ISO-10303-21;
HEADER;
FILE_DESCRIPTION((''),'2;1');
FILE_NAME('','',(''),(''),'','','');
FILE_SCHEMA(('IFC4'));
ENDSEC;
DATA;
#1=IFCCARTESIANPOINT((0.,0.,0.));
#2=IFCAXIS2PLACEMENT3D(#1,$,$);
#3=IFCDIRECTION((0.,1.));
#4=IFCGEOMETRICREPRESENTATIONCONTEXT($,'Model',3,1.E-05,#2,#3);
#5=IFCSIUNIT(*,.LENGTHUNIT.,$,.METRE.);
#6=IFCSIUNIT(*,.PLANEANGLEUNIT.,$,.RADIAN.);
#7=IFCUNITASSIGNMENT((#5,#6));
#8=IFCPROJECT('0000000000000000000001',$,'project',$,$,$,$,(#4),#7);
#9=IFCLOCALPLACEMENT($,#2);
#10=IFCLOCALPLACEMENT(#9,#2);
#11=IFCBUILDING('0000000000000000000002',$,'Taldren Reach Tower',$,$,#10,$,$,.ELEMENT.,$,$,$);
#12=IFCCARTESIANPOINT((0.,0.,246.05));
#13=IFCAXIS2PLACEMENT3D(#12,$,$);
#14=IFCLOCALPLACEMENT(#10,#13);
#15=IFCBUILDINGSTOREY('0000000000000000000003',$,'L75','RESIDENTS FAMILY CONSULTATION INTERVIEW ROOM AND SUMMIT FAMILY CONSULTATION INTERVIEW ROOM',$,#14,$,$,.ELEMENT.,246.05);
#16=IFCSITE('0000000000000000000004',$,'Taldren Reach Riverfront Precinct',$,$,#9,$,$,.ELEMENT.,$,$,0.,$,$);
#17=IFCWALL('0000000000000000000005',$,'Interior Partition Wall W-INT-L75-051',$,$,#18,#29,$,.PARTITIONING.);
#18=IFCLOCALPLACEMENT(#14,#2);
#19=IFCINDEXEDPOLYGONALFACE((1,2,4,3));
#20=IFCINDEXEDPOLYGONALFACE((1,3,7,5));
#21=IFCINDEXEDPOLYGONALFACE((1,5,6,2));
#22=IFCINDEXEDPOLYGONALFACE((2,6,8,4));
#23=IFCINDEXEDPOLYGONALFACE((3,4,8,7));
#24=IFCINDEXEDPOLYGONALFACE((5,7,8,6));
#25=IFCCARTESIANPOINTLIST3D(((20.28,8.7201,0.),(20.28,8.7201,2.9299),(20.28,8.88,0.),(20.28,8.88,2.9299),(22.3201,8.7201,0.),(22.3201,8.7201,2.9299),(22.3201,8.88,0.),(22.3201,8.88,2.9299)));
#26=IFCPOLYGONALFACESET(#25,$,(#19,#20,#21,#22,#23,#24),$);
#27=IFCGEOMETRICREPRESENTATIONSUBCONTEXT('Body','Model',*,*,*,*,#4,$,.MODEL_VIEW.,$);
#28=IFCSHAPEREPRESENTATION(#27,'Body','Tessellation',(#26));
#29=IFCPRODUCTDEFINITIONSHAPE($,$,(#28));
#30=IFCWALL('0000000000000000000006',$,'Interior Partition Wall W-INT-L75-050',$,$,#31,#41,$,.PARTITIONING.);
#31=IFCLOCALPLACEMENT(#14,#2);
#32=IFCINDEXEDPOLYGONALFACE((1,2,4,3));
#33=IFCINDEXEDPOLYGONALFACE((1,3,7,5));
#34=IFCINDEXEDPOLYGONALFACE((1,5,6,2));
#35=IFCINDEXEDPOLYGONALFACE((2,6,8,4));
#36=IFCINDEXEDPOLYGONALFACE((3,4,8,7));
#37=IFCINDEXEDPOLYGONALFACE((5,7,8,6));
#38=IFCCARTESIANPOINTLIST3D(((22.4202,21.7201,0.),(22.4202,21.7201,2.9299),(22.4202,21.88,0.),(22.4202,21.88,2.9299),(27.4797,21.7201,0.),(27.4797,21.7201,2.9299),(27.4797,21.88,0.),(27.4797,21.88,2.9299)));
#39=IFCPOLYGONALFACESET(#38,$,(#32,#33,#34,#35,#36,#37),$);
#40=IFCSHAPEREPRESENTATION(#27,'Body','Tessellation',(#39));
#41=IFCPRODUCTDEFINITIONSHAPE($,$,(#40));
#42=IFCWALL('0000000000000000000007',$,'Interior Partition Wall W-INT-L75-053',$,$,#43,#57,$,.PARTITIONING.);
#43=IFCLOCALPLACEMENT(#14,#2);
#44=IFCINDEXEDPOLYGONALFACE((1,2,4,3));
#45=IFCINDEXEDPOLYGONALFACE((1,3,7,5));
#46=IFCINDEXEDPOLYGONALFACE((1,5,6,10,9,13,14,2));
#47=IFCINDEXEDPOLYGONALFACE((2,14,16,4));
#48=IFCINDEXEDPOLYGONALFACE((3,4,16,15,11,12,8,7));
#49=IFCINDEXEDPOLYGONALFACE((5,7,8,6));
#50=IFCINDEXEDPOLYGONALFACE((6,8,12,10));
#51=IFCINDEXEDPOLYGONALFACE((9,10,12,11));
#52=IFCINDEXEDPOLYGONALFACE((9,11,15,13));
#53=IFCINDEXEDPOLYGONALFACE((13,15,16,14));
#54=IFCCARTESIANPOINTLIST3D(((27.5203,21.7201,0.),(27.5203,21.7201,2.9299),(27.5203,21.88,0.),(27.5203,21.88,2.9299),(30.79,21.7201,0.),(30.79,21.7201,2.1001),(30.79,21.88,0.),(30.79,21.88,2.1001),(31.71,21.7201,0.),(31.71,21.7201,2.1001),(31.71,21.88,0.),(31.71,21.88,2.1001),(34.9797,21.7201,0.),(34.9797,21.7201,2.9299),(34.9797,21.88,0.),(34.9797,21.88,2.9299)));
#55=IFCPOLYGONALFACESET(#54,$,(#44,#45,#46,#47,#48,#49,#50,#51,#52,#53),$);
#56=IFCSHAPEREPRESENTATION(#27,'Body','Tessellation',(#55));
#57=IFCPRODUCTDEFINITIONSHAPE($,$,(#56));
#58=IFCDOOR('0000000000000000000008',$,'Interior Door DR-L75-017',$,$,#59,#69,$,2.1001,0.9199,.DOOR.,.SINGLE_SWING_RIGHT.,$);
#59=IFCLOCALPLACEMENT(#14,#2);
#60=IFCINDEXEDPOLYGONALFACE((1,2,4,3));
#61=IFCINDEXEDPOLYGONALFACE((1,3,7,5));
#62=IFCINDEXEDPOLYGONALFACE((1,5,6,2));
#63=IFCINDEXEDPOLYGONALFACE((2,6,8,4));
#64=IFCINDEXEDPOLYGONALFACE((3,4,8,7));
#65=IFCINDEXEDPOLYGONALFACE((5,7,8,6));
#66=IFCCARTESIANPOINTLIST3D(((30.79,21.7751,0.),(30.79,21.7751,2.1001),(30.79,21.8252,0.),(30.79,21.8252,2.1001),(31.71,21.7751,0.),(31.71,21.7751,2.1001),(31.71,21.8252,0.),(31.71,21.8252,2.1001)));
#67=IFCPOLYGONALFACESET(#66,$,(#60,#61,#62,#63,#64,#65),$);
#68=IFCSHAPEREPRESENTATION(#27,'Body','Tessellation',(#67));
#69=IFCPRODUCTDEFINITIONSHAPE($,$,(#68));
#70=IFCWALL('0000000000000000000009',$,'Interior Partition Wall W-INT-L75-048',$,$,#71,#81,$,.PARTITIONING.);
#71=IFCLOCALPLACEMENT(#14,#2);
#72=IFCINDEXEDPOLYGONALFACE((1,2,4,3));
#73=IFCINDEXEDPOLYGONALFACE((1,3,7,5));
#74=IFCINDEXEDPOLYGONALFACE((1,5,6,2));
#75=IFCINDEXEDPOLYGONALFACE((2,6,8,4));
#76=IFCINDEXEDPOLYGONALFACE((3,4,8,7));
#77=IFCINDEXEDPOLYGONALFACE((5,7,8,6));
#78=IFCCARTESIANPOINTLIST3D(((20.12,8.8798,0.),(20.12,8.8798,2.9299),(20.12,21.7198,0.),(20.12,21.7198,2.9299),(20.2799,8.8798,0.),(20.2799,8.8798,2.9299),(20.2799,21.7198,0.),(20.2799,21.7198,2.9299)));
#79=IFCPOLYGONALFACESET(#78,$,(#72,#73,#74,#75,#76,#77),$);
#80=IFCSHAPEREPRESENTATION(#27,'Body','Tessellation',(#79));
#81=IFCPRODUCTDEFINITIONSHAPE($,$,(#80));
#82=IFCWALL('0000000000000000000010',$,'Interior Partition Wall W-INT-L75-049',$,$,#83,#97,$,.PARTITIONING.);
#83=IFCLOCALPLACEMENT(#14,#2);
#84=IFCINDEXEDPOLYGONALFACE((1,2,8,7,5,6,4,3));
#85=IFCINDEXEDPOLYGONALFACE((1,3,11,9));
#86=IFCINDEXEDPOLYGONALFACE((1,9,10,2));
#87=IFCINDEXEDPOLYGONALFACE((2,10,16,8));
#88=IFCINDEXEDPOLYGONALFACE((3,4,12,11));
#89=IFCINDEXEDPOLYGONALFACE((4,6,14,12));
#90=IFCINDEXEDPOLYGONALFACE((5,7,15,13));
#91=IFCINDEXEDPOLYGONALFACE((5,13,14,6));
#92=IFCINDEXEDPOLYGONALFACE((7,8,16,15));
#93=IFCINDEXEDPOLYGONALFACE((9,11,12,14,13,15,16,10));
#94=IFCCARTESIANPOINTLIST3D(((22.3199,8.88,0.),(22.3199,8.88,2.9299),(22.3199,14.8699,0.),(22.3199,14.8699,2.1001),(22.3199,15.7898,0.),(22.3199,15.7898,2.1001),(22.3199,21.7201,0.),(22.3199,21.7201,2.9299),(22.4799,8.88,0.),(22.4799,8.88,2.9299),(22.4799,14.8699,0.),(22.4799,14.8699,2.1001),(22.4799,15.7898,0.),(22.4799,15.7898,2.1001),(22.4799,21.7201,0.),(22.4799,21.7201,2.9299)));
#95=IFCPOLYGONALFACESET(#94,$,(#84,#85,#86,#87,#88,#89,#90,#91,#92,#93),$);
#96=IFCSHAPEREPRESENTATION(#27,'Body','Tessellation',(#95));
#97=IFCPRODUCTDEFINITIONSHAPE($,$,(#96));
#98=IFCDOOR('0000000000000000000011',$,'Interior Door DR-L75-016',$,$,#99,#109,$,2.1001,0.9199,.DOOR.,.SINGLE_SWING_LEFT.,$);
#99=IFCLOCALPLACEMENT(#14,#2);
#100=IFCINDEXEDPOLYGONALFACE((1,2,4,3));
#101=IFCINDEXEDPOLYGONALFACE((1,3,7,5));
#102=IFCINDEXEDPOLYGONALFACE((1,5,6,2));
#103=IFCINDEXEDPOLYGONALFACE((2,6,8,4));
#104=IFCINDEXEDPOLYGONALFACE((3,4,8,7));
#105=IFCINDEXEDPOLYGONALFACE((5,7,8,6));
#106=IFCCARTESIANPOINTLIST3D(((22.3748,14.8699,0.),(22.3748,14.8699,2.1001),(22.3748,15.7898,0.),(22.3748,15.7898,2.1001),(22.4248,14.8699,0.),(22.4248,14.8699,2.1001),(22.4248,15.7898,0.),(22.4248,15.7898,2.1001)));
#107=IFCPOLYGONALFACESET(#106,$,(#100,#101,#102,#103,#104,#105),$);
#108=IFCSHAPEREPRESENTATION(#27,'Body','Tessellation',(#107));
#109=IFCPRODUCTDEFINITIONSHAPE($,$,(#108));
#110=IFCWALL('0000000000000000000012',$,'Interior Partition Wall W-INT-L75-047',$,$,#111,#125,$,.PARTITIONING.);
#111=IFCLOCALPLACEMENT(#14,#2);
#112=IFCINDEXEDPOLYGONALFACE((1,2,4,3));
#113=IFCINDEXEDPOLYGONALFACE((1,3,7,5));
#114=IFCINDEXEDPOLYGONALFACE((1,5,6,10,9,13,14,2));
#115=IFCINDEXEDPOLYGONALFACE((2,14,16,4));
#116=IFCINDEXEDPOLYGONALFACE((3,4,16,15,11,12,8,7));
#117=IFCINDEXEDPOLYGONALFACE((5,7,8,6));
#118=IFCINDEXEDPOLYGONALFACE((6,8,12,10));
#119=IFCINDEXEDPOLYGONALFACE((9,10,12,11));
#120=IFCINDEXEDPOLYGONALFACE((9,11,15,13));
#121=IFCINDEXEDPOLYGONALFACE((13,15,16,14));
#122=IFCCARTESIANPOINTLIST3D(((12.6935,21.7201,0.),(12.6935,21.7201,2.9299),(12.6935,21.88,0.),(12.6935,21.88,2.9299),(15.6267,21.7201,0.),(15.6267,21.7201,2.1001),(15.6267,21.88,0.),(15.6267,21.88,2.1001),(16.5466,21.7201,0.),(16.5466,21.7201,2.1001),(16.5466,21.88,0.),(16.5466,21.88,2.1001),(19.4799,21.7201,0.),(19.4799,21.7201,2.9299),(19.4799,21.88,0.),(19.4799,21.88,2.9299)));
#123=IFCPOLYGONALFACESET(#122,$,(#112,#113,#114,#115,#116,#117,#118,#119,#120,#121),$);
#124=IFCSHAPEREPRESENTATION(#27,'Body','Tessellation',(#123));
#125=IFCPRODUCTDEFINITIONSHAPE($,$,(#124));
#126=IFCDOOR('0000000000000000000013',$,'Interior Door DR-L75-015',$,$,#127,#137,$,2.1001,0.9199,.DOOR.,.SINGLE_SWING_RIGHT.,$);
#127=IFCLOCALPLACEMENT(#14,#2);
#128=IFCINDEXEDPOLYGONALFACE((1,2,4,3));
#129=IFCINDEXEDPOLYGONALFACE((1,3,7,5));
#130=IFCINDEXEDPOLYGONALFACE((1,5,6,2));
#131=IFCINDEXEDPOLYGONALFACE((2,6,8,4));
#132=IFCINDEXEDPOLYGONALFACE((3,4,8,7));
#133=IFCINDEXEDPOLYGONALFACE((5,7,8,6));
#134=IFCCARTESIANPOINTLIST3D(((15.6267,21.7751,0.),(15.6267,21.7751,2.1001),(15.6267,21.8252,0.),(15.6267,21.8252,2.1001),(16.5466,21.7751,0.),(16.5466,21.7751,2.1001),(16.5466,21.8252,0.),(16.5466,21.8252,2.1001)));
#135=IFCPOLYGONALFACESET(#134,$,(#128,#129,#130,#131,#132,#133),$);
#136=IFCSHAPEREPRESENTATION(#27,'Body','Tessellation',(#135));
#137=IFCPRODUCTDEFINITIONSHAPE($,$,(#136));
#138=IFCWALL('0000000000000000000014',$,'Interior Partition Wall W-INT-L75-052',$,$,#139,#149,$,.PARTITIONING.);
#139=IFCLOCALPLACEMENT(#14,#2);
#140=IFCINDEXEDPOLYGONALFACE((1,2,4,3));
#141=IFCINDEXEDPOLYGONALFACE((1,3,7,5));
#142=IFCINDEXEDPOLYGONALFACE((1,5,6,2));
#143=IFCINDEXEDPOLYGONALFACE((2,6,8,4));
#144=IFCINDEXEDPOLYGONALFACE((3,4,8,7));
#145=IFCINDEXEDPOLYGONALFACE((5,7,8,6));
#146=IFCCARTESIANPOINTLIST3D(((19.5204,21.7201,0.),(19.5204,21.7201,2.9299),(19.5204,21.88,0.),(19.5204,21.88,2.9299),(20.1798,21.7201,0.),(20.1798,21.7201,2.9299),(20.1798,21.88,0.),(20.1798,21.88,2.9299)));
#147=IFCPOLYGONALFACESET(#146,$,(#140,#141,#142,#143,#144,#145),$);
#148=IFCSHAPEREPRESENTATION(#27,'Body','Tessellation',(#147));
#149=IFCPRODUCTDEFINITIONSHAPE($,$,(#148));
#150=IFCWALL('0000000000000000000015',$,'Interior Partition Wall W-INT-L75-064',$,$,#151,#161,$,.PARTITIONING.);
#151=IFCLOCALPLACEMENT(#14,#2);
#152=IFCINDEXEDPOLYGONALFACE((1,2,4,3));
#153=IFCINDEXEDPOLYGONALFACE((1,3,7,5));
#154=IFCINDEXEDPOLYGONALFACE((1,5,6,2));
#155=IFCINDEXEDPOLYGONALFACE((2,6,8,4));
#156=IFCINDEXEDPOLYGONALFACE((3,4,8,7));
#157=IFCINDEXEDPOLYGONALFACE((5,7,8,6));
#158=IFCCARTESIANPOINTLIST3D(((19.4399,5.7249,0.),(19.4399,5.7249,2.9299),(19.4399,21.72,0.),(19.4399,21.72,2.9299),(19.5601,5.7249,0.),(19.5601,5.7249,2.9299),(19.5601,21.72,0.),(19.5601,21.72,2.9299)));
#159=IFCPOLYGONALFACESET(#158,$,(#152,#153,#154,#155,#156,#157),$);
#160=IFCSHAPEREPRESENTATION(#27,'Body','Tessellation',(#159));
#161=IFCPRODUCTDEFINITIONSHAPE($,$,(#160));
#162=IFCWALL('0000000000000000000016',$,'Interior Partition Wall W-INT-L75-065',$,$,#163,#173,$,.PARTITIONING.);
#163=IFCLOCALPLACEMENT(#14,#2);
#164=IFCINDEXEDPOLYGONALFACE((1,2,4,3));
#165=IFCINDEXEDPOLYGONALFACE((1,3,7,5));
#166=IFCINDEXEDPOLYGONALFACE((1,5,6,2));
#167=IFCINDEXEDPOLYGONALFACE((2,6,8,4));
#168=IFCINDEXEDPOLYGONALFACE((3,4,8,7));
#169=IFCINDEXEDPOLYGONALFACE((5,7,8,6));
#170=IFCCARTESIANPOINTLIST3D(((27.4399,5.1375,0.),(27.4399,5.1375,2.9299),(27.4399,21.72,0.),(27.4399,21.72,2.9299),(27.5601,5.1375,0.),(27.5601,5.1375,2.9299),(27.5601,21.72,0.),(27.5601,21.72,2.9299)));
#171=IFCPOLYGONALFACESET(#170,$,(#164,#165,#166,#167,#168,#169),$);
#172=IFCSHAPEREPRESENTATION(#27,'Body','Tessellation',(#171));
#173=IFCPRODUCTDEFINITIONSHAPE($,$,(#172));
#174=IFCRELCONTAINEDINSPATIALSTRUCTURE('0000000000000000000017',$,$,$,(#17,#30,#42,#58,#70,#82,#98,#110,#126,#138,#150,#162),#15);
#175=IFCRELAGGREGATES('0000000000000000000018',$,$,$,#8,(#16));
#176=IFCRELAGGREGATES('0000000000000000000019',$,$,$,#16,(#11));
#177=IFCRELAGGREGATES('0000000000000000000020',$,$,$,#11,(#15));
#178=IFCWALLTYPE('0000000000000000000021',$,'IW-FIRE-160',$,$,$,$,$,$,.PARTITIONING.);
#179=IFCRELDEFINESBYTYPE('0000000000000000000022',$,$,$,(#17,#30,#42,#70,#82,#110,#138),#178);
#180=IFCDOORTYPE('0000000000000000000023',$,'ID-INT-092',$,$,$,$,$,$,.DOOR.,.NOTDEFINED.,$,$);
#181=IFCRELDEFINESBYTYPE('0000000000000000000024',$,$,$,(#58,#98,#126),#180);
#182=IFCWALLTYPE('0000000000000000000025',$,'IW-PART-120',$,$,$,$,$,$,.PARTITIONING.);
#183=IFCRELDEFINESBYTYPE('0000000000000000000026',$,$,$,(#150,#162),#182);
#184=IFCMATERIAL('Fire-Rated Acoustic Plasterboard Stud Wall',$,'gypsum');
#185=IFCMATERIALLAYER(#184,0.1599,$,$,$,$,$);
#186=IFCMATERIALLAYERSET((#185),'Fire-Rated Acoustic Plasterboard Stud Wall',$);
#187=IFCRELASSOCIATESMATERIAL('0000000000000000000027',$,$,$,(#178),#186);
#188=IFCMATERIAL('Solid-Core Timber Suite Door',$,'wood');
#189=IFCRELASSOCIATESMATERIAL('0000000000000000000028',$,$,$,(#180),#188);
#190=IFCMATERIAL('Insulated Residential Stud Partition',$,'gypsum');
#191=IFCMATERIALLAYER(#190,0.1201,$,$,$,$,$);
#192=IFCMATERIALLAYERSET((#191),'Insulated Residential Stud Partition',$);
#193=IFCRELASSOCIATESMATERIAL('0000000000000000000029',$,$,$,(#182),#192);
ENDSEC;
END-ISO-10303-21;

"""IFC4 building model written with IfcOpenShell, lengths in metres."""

from ifc_helpers import new_model, si_unit, direction, frame, frame_2d, origin, place, context, subcontext, project, spatial, rectangle, extrude, source, transform, mapped, material, layer, layer_set, type_object, element, fill, save


model = new_model("IFC4")

# Units and contexts
model_context = context("Model", 3, precision=1e-05, world=origin(), true_north=direction((0.0, 1.0)))
body_context = subcontext(model_context, "Body", "Model", "MODEL_VIEW")
ifc_project = project(units=[si_unit("LENGTHUNIT", "METRE"), si_unit("PLANEANGLEUNIT", "RADIAN")], contexts=[model_context])

# Site, building, storey
site_placement = place(None, origin())
site = spatial("IfcSite", under=ifc_project, at=site_placement, Name="Taldren Reach Riverfront Precinct", CompositionType="ELEMENT", RefElevation=0.0)
building_placement = place(site_placement, origin())
building = spatial("IfcBuilding", under=site, at=building_placement, Name="Taldren Reach Tower", CompositionType="ELEMENT")
storey_placement = place(building_placement, frame((0.0, 0.0, 246.05)))
storey = spatial("IfcBuildingStorey", under=building, at=storey_placement, Name="L75", Description="RESIDENTS FAMILY CONSULTATION INTERVIEW ROOM AND SUMMIT FAMILY CONSULTATION INTERVIEW ROOM", CompositionType="ELEMENT", Elevation=246.05)

# Walls
ifc_material_1 = material(Name="Fire-Rated Acoustic Plasterboard Stud Wall", Category="gypsum")
ifc_layer_1 = layer(ifc_material_1, 0.1599)
ifc_layer_set_1 = layer_set([ifc_layer_1], Name="Fire-Rated Acoustic Plasterboard Stud Wall")
wall_type_1 = type_object("IfcWallType", Name="IW-FIRE-160", PredefinedType="PARTITIONING", material=ifc_layer_set_1)
shared_shape_1 = source(origin(), body_context, "Body", "SweptSolid", [
    extrude(rectangle(XDim=2.04, YDim=0.1599, at=frame_2d((1.02, 0.0))), origin(), (0.0, 0.0, 1.0), 2.9299),
])
wall_1_placement = place(storey_placement, frame((22.3201, 8.8, 0.0), z_axis=(0.0, 0.0, 1.0), x_axis=(-1.0, 0.0, 0.0)))
element("IfcWall", 1, at=wall_1_placement, inside=storey, type_object=wall_type_1, Name="Interior Partition Wall W-INT-L75-051", PredefinedType="PARTITIONING", context=body_context, shape_type="MappedRepresentation", body=[
    mapped(shared_shape_1, transform((0.0, 0.0, 0.0), scale=1.0)),
])
shared_shape_2 = source(origin(), body_context, "Body", "SweptSolid", [
    extrude(rectangle(XDim=5.0596, YDim=0.1599, at=frame_2d((2.5298, 0.0))), origin(), (0.0, 0.0, 1.0), 2.9299),
])
wall_2_placement = place(storey_placement, frame((27.4797, 21.8, 0.0), z_axis=(0.0, 0.0, 1.0), x_axis=(-1.0, 0.0, 0.0)))
element("IfcWall", 2, at=wall_2_placement, inside=storey, type_object=wall_type_1, Name="Interior Partition Wall W-INT-L75-050", PredefinedType="PARTITIONING", context=body_context, shape_type="MappedRepresentation", body=[
    mapped(shared_shape_2, transform((0.0, 0.0, 0.0), scale=1.0)),
])

# Wall, opening, door
shared_shape_3 = source(origin(), body_context, "Body", "SweptSolid", [
    extrude(rectangle(XDim=7.4595, YDim=0.1599, at=frame_2d((3.7297, 0.0))), origin(), (0.0, 0.0, 1.0), 2.9299),
])
wall_3_placement = place(storey_placement, frame((34.9797, 21.8, 0.0), z_axis=(0.0, 0.0, 1.0), x_axis=(-1.0, 0.0, 0.0)))
wall_3 = element("IfcWall", 3, at=wall_3_placement, inside=storey, type_object=wall_type_1, Name="Interior Partition Wall W-INT-L75-053", PredefinedType="PARTITIONING", context=body_context, shape_type="MappedRepresentation", body=[
    mapped(shared_shape_3, transform((0.0, 0.0, 0.0), scale=1.0)),
])
shared_shape_4 = source(origin(), body_context, "Body", "SweptSolid", [
    extrude(rectangle(XDim=0.9199, YDim=2.1001, at=frame_2d((0.46, 1.05))), frame((0.0, 0.0898, 0.0), z_axis=(0.0, -1.0, 0.0), x_axis=(1.0, 0.0, 0.0)), (0.0, 0.0, 1.0), 0.1799),
])
opening_1_placement = place(wall_3_placement, frame((3.2698, 0.0, 0.0)))
opening_1 = element("IfcOpeningElement", 4, at=opening_1_placement, cuts=wall_3, PredefinedType="OPENING", context=body_context, shape_type="MappedRepresentation", body=[
    mapped(shared_shape_4, transform((0.0, 0.0, 0.0), scale=1.0)),
])
ifc_material_2 = material(Name="Solid-Core Timber Suite Door", Category="wood")
door_type = type_object("IfcDoorType", Name="ID-INT-092", OperationType="NOTDEFINED", PredefinedType="DOOR", material=ifc_material_2)
shared_shape_5 = source(origin(), body_context, "Body", "SweptSolid", [
    extrude(rectangle(XDim=0.9199, YDim=2.1001, at=frame_2d((0.46, 1.05))), frame((0.0, 0.0249, 0.0), z_axis=(0.0, -1.0, 0.0), x_axis=(1.0, 0.0, 0.0)), (0.0, 0.0, 1.0), 0.05),
])
door_1_placement = place(opening_1_placement, origin())
door_1 = element("IfcDoor", 5, at=door_1_placement, inside=storey, type_object=door_type, Name="Interior Door DR-L75-017", OperationType="SINGLE_SWING_RIGHT", OverallHeight=2.1001, OverallWidth=0.9199, PredefinedType="DOOR", context=body_context, shape_type="MappedRepresentation", body=[
    mapped(shared_shape_5, transform((0.0, 0.0, 0.0), scale=1.0)),
])
fill(opening_1, door_1)

# Wall
shared_shape_6 = source(origin(), body_context, "Body", "SweptSolid", [
    extrude(rectangle(XDim=12.8401, YDim=0.1599, at=frame_2d((6.4199, 0.0))), origin(), (0.0, 0.0, 1.0), 2.9299),
])
wall_4_placement = place(storey_placement, frame((20.2, 8.8799, 0.0), z_axis=(0.0, 0.0, 1.0), x_axis=(0.0, 1.0, 0.0)))
element("IfcWall", 6, at=wall_4_placement, inside=storey, type_object=wall_type_1, Name="Interior Partition Wall W-INT-L75-048", PredefinedType="PARTITIONING", context=body_context, shape_type="MappedRepresentation", body=[
    mapped(shared_shape_6, transform((0.0, 0.0, 0.0), scale=1.0)),
])

# Walls, openings, doors
wall_5_placement = place(storey_placement, frame((22.3999, 21.72, 0.0), z_axis=(0.0, 0.0, 1.0), x_axis=(0.0, -1.0, 0.0)))
wall_5 = element("IfcWall", 7, at=wall_5_placement, inside=storey, type_object=wall_type_1, Name="Interior Partition Wall W-INT-L75-049", PredefinedType="PARTITIONING", context=body_context, shape_type="MappedRepresentation", body=[
    mapped(shared_shape_6, transform((0.0, 0.0, 0.0), scale=1.0)),
])
opening_2_placement = place(wall_5_placement, frame((5.9302, 0.0, 0.0)))
opening_2 = element("IfcOpeningElement", 8, at=opening_2_placement, cuts=wall_5, PredefinedType="OPENING", context=body_context, shape_type="MappedRepresentation", body=[
    mapped(shared_shape_4, transform((0.0, 0.0, 0.0), scale=1.0)),
])
door_2_placement = place(opening_2_placement, origin())
door_2 = element("IfcDoor", 9, at=door_2_placement, inside=storey, type_object=door_type, Name="Interior Door DR-L75-016", OperationType="SINGLE_SWING_LEFT", OverallHeight=2.1001, OverallWidth=0.9199, PredefinedType="DOOR", context=body_context, shape_type="MappedRepresentation", body=[
    mapped(shared_shape_5, transform((0.0, 0.0, 0.0), scale=1.0)),
])
fill(opening_2, door_2)
shared_shape_7 = source(origin(), body_context, "Body", "SweptSolid", [
    extrude(rectangle(XDim=6.7864, YDim=0.1599, at=frame_2d((3.3931, 0.0))), origin(), (0.0, 0.0, 1.0), 2.9299),
])
wall_6_placement = place(storey_placement, frame((19.4797, 21.8, 0.0), z_axis=(0.0, 0.0, 1.0), x_axis=(-1.0, 0.0, 0.0)))
wall_6 = element("IfcWall", 10, at=wall_6_placement, inside=storey, type_object=wall_type_1, Name="Interior Partition Wall W-INT-L75-047", PredefinedType="PARTITIONING", context=body_context, shape_type="MappedRepresentation", body=[
    mapped(shared_shape_7, transform((0.0, 0.0, 0.0), scale=1.0)),
])
opening_3_placement = place(wall_6_placement, frame((2.9331, 0.0, 0.0)))
opening_3 = element("IfcOpeningElement", 11, at=opening_3_placement, cuts=wall_6, PredefinedType="OPENING", context=body_context, shape_type="MappedRepresentation", body=[
    mapped(shared_shape_4, transform((0.0, 0.0, 0.0), scale=1.0)),
])
door_3_placement = place(opening_3_placement, origin())
door_3 = element("IfcDoor", 12, at=door_3_placement, inside=storey, type_object=door_type, Name="Interior Door DR-L75-015", OperationType="SINGLE_SWING_RIGHT", OverallHeight=2.1001, OverallWidth=0.9199, PredefinedType="DOOR", context=body_context, shape_type="MappedRepresentation", body=[
    mapped(shared_shape_5, transform((0.0, 0.0, 0.0), scale=1.0)),
])
fill(opening_3, door_3)

# Walls
shared_shape_8 = source(origin(), body_context, "Body", "SweptSolid", [
    extrude(rectangle(XDim=0.6594, YDim=0.1599, at=frame_2d((0.3296, 0.0))), origin(), (0.0, 0.0, 1.0), 2.9299),
])
wall_7_placement = place(storey_placement, frame((20.1797, 21.8, 0.0), z_axis=(0.0, 0.0, 1.0), x_axis=(-1.0, 0.0, 0.0)))
element("IfcWall", 13, at=wall_7_placement, inside=storey, type_object=wall_type_1, Name="Interior Partition Wall W-INT-L75-052", PredefinedType="PARTITIONING", context=body_context, shape_type="MappedRepresentation", body=[
    mapped(shared_shape_8, transform((0.0, 0.0, 0.0), scale=1.0)),
])
ifc_material_3 = material(Name="Insulated Residential Stud Partition", Category="gypsum")
ifc_layer_2 = layer(ifc_material_3, 0.1201)
ifc_layer_set_2 = layer_set([ifc_layer_2], Name="Insulated Residential Stud Partition")
wall_type_2 = type_object("IfcWallType", Name="IW-PART-120", PredefinedType="PARTITIONING", material=ifc_layer_set_2)
shared_shape_9 = source(origin(), body_context, "Body", "SweptSolid", [
    extrude(rectangle(XDim=15.9951, YDim=0.1201, at=frame_2d((7.9976, 0.0))), origin(), (0.0, 0.0, 1.0), 2.9299),
])
wall_8_placement = place(storey_placement, frame((19.5, 21.72, 0.0), z_axis=(0.0, 0.0, 1.0), x_axis=(0.0, -1.0, 0.0)))
element("IfcWall", 14, at=wall_8_placement, inside=storey, type_object=wall_type_2, Name="Interior Partition Wall W-INT-L75-064", PredefinedType="PARTITIONING", context=body_context, shape_type="MappedRepresentation", body=[
    mapped(shared_shape_9, transform((0.0, 0.0, 0.0), scale=1.0)),
])
shared_shape_10 = source(origin(), body_context, "Body", "SweptSolid", [
    extrude(rectangle(XDim=16.5825, YDim=0.1201, at=frame_2d((8.2913, 0.0))), origin(), (0.0, 0.0, 1.0), 2.9299),
])
wall_9_placement = place(storey_placement, frame((27.5, 21.72, 0.0), z_axis=(0.0, 0.0, 1.0), x_axis=(0.0, -1.0, 0.0)))
element("IfcWall", 15, at=wall_9_placement, inside=storey, type_object=wall_type_2, Name="Interior Partition Wall W-INT-L75-065", PredefinedType="PARTITIONING", context=body_context, shape_type="MappedRepresentation", body=[
    mapped(shared_shape_10, transform((0.0, 0.0, 0.0), scale=1.0)),
])

save(model, "model.ifc")
